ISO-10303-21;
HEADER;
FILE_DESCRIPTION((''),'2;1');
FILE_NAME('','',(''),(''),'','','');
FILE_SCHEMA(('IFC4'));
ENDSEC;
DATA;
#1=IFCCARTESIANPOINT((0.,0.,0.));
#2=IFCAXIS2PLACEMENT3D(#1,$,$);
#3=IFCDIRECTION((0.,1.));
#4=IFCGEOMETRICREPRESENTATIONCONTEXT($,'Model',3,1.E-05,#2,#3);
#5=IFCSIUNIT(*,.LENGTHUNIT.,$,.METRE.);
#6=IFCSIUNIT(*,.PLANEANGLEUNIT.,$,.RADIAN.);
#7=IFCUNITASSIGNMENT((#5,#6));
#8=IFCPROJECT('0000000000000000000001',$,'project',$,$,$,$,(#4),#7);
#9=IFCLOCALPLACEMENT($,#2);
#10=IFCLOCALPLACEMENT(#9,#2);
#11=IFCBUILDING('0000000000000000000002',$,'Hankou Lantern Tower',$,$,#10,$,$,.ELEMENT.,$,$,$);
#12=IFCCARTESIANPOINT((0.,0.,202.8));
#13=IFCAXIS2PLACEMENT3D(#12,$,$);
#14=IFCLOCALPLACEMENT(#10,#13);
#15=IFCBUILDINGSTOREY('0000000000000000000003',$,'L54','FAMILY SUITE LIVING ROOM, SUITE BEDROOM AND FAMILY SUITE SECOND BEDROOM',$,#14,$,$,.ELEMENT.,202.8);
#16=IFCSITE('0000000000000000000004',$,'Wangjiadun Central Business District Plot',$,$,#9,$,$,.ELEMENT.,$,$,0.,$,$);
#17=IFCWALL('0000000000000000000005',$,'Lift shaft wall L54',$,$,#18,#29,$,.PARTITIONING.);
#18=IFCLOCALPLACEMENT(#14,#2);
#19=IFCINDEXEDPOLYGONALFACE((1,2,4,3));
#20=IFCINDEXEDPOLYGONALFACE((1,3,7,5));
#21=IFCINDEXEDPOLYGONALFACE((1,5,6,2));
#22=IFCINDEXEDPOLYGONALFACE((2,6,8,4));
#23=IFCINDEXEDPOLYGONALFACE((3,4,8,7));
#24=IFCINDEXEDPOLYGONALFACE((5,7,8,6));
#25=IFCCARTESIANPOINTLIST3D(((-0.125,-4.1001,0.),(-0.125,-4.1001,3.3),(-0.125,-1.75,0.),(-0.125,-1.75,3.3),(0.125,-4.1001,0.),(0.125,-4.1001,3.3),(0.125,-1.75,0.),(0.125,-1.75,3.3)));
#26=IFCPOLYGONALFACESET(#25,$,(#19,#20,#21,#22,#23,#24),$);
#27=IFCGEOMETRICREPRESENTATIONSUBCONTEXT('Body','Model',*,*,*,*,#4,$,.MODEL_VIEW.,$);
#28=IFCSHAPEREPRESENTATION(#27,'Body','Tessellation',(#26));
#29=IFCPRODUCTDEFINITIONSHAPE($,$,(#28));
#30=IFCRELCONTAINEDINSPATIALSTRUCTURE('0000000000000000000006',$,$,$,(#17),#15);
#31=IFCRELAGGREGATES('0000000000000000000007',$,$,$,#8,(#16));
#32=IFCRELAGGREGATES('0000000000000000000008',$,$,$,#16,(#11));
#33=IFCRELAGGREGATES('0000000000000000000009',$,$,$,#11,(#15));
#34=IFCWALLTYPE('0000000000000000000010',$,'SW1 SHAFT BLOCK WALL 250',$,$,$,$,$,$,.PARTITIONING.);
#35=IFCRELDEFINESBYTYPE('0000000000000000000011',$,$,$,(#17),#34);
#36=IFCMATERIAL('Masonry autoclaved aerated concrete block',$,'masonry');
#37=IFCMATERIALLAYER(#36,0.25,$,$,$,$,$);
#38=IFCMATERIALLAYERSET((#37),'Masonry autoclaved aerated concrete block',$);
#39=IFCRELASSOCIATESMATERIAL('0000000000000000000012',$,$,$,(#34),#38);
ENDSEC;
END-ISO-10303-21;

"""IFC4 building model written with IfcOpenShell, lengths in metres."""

from ifc_helpers import new_model, si_unit, direction, frame, frame_2d, origin, place, context, subcontext, project, spatial, rectangle, extrude, material, layer, layer_set, type_object, element, save


model = new_model("IFC4")

# Units and contexts
model_context = context("Model", 3, precision=1e-05, world=origin(), true_north=direction((0.0, 1.0)))
body_context = subcontext(model_context, "Body", "Model", "MODEL_VIEW")
ifc_project = project(units=[si_unit("LENGTHUNIT", "METRE"), si_unit("PLANEANGLEUNIT", "RADIAN")], contexts=[model_context])

# Site, building, storey
site_placement = place(None, origin())
site = spatial("IfcSite", under=ifc_project, at=site_placement, Name="Wangjiadun Central Business District Plot", CompositionType="ELEMENT", RefElevation=0.0)
building_placement = place(site_placement, origin())
building = spatial("IfcBuilding", under=site, at=building_placement, Name="Hankou Lantern Tower", CompositionType="ELEMENT")
storey_placement = place(building_placement, frame((0.0, 0.0, 202.8)))
storey = spatial("IfcBuildingStorey", under=building, at=storey_placement, Name="L54", Description="FAMILY SUITE LIVING ROOM, SUITE BEDROOM AND FAMILY SUITE SECOND BEDROOM", CompositionType="ELEMENT", Elevation=202.8)

# Wall
ifc_material_1 = material(Name="Masonry autoclaved aerated concrete block", Category="masonry")
ifc_layer_1 = layer(ifc_material_1, 0.25)
ifc_layer_set_1 = layer_set([ifc_layer_1], Name="Masonry autoclaved aerated concrete block")
wall_type_1 = type_object("IfcWallType", Name="SW1 SHAFT BLOCK WALL 250", PredefinedType="PARTITIONING", material=ifc_layer_set_1)
for number, where, z_axis, x_axis, name in (
    (1, (0.0, -4.1001, 0.0), (0.0, 0.0, 1.0), (0.0, 1.0, 0.0), "Lift shaft wall L54"),
):
    element("IfcWall", number, at=place(storey_placement, frame(where, z_axis=z_axis, x_axis=x_axis)), inside=storey, type_object=wall_type_1, Name=name, PredefinedType="PARTITIONING", context=body_context, shape_type="SweptSolid", body=[
        extrude(rectangle(XDim=2.3501, YDim=0.25, at=frame_2d((1.175, 0.0))), origin(), (0.0, 0.0, 1.0), 3.3),
    ])

save(model, "model.ifc")
